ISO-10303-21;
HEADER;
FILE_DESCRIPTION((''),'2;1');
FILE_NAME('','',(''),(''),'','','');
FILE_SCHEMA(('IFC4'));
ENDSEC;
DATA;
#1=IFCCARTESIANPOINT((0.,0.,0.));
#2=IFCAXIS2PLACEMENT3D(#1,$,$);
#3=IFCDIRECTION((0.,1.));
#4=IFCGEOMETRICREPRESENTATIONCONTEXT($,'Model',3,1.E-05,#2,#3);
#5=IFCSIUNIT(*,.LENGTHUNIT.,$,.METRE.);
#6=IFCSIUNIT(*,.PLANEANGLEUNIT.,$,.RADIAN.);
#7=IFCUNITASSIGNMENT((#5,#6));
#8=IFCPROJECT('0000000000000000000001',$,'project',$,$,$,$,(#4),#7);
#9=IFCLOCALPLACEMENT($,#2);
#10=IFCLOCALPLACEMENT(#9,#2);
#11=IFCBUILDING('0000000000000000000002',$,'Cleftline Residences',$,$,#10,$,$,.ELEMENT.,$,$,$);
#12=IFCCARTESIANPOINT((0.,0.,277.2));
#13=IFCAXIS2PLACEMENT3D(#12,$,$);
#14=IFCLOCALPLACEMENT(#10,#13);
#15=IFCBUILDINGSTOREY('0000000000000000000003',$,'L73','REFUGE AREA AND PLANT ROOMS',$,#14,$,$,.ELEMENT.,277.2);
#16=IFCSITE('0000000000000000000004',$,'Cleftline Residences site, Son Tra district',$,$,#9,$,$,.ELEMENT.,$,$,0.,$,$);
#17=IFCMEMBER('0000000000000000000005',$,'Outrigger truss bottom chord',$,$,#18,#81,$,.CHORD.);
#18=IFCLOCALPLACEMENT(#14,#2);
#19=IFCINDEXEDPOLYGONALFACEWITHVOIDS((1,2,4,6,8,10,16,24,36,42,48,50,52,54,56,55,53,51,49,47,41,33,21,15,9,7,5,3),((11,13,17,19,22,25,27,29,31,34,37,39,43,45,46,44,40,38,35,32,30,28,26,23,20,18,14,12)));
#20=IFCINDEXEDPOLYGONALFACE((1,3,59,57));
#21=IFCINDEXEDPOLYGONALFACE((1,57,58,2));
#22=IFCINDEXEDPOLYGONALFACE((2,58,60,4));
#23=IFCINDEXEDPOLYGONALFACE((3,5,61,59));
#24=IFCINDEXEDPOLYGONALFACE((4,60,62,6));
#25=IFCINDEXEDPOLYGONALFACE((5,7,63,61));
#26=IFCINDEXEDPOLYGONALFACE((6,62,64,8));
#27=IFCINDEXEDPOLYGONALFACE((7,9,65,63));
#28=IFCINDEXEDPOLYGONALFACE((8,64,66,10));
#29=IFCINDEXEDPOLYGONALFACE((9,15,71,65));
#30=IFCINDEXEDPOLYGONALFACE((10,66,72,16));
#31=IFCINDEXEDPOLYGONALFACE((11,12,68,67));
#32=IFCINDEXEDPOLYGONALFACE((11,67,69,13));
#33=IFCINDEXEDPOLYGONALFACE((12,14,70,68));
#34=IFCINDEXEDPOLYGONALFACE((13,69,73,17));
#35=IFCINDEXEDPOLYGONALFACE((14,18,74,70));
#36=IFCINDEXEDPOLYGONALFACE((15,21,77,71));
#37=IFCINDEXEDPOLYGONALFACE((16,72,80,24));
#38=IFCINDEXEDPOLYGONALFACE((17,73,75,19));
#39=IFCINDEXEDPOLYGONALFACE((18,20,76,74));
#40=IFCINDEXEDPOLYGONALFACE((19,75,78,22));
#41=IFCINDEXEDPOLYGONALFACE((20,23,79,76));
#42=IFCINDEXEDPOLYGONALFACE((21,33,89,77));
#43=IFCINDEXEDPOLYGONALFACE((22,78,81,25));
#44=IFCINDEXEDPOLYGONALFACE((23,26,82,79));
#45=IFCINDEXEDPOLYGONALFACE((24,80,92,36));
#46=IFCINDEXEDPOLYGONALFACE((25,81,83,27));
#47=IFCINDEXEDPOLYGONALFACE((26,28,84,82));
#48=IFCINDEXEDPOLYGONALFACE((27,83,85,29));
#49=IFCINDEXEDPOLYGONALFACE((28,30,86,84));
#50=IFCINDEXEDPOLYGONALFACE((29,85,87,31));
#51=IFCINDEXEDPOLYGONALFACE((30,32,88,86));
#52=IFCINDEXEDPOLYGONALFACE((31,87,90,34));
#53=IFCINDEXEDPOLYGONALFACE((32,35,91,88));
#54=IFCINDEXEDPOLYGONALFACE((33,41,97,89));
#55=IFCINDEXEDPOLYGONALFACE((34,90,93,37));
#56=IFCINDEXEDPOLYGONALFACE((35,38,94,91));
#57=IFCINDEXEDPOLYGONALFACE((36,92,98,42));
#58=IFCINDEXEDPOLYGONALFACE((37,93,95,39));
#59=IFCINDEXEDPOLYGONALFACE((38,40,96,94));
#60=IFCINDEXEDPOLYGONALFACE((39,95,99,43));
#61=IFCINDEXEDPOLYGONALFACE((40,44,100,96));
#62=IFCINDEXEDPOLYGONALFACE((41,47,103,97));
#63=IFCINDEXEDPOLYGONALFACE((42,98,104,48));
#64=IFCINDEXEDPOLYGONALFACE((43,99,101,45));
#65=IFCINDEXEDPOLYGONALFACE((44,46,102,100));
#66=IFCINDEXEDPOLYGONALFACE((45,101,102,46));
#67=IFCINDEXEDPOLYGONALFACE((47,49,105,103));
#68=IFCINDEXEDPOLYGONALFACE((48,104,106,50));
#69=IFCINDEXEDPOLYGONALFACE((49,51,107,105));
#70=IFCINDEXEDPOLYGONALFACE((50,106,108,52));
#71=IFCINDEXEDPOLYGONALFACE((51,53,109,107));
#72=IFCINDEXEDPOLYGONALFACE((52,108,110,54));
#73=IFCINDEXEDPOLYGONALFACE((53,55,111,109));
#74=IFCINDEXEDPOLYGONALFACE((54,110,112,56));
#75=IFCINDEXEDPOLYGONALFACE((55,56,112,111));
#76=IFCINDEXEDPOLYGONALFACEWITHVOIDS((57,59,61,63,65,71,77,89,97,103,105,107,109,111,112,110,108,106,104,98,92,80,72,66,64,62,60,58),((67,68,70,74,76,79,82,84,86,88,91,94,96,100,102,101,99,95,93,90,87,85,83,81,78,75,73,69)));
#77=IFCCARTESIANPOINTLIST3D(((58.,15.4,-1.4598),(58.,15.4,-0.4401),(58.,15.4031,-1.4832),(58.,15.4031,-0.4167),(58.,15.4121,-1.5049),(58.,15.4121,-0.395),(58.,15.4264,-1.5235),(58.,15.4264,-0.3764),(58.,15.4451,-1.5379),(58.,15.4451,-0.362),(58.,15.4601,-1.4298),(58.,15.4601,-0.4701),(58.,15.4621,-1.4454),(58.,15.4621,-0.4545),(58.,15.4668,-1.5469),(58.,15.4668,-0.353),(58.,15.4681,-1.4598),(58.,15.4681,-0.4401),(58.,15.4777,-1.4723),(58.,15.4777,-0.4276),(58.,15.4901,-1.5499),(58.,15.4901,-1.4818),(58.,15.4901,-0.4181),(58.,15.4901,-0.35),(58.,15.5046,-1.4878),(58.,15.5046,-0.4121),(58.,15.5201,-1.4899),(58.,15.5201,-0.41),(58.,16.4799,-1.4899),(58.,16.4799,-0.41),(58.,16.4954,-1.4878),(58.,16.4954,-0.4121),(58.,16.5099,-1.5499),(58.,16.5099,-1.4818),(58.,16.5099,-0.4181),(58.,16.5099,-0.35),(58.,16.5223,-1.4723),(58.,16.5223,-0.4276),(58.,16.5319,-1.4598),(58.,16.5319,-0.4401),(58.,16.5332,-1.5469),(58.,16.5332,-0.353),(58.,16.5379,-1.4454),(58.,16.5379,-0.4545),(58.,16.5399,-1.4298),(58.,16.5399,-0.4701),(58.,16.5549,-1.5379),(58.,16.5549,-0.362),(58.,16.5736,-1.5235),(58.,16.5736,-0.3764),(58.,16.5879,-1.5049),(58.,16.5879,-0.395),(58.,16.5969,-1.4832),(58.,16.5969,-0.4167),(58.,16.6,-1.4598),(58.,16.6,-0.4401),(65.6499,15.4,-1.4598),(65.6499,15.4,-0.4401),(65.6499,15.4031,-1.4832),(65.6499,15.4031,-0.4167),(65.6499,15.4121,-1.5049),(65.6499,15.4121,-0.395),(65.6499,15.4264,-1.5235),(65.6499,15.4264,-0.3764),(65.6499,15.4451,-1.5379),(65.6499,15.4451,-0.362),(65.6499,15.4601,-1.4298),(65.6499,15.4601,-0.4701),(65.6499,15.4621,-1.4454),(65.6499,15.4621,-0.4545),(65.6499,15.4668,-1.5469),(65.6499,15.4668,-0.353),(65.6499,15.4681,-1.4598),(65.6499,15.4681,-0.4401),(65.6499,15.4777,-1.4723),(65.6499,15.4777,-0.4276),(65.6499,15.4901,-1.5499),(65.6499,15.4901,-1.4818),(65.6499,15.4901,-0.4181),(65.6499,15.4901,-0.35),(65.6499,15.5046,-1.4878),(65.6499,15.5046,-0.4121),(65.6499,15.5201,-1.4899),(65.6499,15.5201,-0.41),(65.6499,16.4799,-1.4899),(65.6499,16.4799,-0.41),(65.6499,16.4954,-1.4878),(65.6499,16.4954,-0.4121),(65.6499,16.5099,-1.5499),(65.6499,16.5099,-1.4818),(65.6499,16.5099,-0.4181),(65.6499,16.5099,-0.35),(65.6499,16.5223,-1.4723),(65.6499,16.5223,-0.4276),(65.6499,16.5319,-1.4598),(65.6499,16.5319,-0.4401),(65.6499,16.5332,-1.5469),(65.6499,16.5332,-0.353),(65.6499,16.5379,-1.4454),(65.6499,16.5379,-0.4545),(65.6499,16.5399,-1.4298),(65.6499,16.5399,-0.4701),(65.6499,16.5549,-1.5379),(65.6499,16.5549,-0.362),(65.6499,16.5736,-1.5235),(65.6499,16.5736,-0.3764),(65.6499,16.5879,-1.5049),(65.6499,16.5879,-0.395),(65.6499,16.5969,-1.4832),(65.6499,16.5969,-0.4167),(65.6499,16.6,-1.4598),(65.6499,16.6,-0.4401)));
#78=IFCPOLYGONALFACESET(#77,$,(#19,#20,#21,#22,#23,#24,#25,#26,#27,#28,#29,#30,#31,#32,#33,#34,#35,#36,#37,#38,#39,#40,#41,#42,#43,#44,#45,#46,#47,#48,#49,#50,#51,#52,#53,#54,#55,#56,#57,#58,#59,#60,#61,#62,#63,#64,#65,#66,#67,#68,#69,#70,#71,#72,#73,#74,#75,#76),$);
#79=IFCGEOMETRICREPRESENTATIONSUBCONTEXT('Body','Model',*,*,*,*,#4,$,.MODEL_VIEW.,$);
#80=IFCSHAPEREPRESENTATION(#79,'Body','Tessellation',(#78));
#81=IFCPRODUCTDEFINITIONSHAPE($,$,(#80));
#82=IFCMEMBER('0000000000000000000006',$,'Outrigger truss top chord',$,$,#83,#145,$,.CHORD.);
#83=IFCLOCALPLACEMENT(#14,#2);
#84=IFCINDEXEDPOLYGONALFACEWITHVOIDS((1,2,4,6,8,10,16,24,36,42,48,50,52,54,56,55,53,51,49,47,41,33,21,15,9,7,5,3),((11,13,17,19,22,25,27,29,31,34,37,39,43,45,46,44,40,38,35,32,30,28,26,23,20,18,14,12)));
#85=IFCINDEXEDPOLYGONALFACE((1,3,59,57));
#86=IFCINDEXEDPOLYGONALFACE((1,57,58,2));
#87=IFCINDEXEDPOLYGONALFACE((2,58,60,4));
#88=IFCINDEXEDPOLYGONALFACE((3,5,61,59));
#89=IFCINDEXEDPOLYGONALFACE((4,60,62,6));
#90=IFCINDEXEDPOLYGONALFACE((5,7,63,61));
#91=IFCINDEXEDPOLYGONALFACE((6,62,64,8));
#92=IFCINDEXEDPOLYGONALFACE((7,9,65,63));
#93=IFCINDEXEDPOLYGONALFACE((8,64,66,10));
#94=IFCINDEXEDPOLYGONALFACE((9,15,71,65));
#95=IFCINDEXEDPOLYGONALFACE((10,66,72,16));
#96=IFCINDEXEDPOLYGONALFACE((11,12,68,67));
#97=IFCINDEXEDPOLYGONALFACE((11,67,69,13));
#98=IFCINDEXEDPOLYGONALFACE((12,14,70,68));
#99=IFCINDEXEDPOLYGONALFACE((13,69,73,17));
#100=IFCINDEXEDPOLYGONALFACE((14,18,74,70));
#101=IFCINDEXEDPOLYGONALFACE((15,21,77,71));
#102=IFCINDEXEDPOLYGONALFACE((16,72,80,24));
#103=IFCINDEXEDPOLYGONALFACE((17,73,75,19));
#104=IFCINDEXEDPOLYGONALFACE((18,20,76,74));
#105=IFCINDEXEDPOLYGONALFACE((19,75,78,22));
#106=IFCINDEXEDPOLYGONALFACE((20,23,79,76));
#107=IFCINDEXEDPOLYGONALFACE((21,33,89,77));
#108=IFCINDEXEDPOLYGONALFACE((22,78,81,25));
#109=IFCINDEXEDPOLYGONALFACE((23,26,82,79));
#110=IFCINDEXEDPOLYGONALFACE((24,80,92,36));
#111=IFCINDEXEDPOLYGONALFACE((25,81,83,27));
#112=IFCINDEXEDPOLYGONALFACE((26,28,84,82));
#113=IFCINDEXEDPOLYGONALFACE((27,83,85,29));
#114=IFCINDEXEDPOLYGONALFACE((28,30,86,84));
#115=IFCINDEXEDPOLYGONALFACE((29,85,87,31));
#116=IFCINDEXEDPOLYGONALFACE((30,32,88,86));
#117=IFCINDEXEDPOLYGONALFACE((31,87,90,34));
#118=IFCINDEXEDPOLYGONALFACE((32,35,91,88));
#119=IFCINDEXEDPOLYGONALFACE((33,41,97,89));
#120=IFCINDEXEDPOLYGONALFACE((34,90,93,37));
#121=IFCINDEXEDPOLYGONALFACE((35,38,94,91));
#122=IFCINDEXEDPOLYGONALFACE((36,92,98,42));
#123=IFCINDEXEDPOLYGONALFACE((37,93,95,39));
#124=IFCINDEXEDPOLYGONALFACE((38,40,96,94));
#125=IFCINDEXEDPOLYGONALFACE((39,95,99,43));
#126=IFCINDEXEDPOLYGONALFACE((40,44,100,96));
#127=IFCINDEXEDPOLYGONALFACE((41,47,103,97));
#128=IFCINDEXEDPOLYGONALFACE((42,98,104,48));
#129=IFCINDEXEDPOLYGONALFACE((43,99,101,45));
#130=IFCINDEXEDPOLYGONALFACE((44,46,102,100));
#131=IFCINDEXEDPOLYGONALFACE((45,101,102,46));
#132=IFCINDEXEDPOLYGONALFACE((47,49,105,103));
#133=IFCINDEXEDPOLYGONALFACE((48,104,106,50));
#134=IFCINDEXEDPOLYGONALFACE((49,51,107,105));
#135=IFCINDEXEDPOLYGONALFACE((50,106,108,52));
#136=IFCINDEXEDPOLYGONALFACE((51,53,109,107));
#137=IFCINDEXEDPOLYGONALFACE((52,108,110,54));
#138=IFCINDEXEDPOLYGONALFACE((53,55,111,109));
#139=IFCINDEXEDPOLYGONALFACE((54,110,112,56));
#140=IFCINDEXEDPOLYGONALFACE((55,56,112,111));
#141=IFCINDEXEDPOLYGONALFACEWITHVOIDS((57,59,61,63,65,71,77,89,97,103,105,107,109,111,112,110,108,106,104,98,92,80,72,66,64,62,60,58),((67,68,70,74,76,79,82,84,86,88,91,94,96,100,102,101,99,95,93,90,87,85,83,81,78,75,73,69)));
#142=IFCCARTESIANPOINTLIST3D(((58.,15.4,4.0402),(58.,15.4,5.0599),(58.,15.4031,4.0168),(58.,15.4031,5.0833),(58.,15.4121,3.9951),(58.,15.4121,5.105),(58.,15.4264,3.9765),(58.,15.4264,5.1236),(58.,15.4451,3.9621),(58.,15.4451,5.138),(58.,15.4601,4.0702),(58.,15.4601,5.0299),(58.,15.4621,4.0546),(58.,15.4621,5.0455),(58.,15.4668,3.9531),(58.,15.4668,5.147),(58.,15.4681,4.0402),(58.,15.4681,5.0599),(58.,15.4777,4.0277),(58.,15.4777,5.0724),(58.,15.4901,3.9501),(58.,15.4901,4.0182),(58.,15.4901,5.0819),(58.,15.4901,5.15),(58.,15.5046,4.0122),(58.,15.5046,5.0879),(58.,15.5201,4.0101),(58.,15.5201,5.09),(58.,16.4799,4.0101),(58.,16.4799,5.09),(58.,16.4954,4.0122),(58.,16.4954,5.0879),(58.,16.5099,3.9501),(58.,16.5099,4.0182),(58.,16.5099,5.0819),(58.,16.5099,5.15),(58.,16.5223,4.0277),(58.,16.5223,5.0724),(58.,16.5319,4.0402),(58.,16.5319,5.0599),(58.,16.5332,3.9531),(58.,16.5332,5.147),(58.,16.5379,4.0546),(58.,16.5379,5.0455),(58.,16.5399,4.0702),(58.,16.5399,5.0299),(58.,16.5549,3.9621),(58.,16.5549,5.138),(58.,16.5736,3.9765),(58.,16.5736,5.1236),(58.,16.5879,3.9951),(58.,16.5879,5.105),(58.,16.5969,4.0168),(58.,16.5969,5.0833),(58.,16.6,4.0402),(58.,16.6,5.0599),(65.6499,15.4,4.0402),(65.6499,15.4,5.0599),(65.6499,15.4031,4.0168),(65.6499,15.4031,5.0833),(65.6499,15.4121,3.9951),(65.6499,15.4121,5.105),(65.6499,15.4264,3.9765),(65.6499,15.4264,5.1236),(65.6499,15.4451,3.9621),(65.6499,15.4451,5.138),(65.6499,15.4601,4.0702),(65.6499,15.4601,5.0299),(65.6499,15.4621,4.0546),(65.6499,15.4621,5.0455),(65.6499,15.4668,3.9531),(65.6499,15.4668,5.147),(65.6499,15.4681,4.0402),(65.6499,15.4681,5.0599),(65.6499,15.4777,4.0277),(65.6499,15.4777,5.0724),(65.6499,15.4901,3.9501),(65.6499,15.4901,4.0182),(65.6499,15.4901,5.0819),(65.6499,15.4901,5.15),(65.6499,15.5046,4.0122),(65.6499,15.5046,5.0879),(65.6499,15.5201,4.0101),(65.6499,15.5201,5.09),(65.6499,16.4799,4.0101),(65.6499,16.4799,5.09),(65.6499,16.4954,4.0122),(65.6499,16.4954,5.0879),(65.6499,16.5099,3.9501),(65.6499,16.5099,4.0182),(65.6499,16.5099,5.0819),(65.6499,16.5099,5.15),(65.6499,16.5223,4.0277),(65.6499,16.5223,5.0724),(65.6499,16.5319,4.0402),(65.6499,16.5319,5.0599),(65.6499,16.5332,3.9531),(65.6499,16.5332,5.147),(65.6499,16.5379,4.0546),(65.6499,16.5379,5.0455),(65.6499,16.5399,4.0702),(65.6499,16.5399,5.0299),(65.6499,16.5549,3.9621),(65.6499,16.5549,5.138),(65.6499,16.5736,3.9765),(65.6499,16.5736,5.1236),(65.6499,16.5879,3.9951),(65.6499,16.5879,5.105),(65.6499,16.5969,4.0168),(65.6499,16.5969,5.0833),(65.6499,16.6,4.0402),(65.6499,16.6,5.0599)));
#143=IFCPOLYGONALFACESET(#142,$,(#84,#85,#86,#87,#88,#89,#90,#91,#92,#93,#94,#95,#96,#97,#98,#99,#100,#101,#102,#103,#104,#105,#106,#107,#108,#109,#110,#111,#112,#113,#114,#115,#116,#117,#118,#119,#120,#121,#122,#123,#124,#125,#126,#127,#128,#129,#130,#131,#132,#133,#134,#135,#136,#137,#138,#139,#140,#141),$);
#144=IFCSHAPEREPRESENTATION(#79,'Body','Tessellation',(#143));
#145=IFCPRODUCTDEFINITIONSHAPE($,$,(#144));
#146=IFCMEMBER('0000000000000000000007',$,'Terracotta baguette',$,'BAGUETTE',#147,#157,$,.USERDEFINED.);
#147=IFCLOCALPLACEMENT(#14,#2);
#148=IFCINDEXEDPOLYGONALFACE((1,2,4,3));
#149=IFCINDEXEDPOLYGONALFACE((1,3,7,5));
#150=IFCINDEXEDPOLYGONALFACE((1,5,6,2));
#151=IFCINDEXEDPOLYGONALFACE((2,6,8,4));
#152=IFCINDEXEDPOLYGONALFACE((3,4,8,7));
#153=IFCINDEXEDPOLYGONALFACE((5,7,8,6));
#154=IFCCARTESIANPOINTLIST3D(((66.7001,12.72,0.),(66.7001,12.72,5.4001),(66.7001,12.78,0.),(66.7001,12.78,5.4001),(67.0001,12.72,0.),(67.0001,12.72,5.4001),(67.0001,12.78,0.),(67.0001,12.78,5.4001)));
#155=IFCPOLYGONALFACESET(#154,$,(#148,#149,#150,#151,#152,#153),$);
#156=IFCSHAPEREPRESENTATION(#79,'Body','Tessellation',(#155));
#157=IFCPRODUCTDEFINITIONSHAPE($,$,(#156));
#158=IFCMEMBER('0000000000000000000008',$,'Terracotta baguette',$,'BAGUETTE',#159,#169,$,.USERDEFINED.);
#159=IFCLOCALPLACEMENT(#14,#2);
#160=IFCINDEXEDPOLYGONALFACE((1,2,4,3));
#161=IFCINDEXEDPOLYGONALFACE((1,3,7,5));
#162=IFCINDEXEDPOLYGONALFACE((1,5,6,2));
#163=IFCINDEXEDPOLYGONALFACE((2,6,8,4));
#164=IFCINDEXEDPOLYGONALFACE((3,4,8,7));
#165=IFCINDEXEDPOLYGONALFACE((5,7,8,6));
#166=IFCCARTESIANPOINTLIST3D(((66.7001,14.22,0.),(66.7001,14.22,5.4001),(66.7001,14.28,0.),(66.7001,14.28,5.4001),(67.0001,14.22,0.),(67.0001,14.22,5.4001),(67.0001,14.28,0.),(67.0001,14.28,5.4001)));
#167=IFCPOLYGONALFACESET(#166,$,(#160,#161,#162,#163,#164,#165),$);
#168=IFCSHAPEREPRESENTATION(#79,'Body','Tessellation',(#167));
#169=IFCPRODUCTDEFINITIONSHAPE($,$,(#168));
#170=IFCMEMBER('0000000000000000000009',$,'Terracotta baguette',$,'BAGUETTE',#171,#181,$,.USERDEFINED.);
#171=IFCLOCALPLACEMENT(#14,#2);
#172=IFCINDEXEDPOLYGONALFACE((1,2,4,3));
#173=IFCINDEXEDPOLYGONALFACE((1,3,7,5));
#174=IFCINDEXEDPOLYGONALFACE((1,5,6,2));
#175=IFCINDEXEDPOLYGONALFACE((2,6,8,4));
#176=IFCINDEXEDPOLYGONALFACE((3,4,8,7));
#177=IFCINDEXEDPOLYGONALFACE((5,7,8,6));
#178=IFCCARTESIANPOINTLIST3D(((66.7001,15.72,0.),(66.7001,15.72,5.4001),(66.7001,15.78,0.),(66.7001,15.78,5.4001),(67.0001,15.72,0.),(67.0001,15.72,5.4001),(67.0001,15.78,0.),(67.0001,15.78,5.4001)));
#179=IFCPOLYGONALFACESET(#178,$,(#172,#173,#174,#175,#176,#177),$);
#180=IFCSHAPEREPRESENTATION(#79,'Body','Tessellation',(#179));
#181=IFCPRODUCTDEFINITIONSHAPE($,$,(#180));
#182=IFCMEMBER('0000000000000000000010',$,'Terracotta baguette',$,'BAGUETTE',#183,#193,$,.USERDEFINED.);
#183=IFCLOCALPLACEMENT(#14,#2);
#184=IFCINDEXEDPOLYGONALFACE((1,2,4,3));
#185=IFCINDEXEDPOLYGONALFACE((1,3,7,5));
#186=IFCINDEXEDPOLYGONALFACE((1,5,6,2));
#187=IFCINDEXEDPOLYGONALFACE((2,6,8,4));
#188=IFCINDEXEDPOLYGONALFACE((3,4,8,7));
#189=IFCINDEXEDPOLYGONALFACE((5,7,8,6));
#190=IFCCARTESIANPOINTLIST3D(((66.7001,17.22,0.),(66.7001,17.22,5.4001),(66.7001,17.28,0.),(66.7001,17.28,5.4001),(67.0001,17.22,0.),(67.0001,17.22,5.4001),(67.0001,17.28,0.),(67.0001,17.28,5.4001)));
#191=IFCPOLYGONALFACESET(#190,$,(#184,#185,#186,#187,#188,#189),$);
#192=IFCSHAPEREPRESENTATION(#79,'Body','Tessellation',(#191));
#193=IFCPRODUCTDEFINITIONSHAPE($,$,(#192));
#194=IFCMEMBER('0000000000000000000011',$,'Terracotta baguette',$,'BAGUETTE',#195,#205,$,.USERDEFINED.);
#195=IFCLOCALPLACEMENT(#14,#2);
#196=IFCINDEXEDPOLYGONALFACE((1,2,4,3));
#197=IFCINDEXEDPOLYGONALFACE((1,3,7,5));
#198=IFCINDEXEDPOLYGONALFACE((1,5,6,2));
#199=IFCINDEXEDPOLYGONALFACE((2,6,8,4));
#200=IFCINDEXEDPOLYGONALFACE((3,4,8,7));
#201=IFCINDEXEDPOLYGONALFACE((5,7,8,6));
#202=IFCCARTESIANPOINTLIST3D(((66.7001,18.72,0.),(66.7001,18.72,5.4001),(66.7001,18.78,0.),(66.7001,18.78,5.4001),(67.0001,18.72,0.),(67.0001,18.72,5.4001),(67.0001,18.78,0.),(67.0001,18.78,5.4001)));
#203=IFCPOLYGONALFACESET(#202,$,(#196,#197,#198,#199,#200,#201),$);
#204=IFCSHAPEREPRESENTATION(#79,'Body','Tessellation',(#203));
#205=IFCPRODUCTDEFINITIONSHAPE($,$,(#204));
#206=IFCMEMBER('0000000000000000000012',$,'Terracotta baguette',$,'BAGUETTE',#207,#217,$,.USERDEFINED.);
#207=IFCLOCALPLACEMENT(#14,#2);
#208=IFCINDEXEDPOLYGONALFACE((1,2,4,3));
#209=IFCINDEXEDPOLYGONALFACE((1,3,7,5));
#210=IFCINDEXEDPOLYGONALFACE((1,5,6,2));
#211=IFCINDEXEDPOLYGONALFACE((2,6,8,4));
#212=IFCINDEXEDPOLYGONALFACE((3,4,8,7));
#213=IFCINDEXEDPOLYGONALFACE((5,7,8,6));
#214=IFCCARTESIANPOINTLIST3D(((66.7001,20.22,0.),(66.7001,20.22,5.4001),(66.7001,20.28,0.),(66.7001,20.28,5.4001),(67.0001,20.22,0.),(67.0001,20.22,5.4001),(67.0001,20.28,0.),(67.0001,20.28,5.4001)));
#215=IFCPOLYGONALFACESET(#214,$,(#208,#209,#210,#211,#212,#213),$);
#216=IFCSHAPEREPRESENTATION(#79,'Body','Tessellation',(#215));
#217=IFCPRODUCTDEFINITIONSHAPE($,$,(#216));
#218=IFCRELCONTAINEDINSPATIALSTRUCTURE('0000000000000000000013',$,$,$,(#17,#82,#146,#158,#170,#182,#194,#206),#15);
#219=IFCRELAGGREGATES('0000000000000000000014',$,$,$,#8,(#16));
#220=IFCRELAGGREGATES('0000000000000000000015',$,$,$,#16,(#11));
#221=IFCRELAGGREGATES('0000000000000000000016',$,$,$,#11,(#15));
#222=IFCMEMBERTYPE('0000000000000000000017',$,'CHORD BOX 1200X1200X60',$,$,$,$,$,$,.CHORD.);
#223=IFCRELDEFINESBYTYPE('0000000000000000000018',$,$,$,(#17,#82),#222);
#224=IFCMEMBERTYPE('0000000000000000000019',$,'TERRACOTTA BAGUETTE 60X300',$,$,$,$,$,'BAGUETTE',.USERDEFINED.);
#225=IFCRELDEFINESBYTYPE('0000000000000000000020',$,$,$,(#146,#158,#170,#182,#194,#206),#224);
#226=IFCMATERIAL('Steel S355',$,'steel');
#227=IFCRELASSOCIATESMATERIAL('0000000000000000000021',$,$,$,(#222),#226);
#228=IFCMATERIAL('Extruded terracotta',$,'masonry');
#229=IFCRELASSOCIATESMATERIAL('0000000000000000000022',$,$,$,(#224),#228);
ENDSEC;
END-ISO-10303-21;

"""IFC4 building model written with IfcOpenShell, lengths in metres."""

from ifc_helpers import new_model, si_unit, direction, frame, origin, origin_2d, place, context, subcontext, project, spatial, rectangle, hollow_rectangle, extrude, material, material_profile, profile_set, type_object, element, save


model = new_model("IFC4")

# Units and contexts
model_context = context("Model", 3, precision=1e-05, world=origin(), true_north=direction((0.0, 1.0)))
body_context = subcontext(model_context, "Body", "Model", "MODEL_VIEW")
ifc_project = project(units=[si_unit("LENGTHUNIT", "METRE"), si_unit("PLANEANGLEUNIT", "RADIAN")], contexts=[model_context])

# Site, building, storey
site_placement = place(None, origin())
site = spatial("IfcSite", under=ifc_project, at=site_placement, Name="Cleftline Residences site, Son Tra district", CompositionType="ELEMENT", RefElevation=0.0)
building_placement = place(site_placement, origin())
building = spatial("IfcBuilding", under=site, at=building_placement, Name="Cleftline Residences", CompositionType="ELEMENT")
storey_placement = place(building_placement, frame((0.0, 0.0, 277.2)))
storey = spatial("IfcBuildingStorey", under=building, at=storey_placement, Name="L73", Description="REFUGE AREA AND PLANT ROOMS", CompositionType="ELEMENT", Elevation=277.2)

# Members
ifc_material_1 = material(Name="Steel S355", Category="steel")
ifc_material_profile_1 = material_profile(ifc_material_1, hollow_rectangle(XDim=1.2, YDim=1.2, WallThickness=0.0601, InnerFilletRadius=0.0601, OuterFilletRadius=0.0901, at=origin_2d()))
ifc_profile_set_1 = profile_set([ifc_material_profile_1], Name="Steel S355")
member_type_1 = type_object("IfcMemberType", Name="CHORD BOX 1200X1200X60", PredefinedType="CHORD", material=ifc_profile_set_1)
for number, where, z_axis, x_axis, name in (
    (1, (58.0, 16.0, -0.95), (1.0, 0.0, 0.0), (0.0, 1.0, 0.0), "Outrigger truss bottom chord"),
    (2, (58.0, 16.0, 4.55), (1.0, 0.0, 0.0), (0.0, 1.0, 0.0), "Outrigger truss top chord"),
):
    element("IfcMember", number, at=place(storey_placement, frame(where, z_axis=z_axis, x_axis=x_axis)), inside=storey, type_object=member_type_1, Name=name, PredefinedType="CHORD", context=body_context, shape_type="SweptSolid", body=[
        extrude(hollow_rectangle(XDim=1.2, YDim=1.2, WallThickness=0.0601, InnerFilletRadius=0.0601, OuterFilletRadius=0.0901, at=origin_2d()), origin(), (0.0, 0.0, 1.0), 7.6499),
    ])
ifc_material_2 = material(Name="Extruded terracotta", Category="masonry")
ifc_material_profile_2 = material_profile(ifc_material_2, rectangle(XDim=0.0601, YDim=0.3, at=origin_2d()))
ifc_profile_set_2 = profile_set([ifc_material_profile_2], Name="Extruded terracotta")
member_type_2 = type_object("IfcMemberType", Name="TERRACOTTA BAGUETTE 60X300", ElementType="BAGUETTE", PredefinedType="USERDEFINED", material=ifc_profile_set_2)
for number, where, z_axis, x_axis, name in (
    (3, (66.8501, 12.75, 0.0), (0.0, 0.0, 1.0), (0.0, 1.0, 0.0), "Terracotta baguette"),
    (4, (66.8501, 14.25, 0.0), (0.0, 0.0, 1.0), (0.0, 1.0, 0.0), "Terracotta baguette"),
    (5, (66.8501, 15.75, 0.0), (0.0, 0.0, 1.0), (0.0, 1.0, 0.0), "Terracotta baguette"),
    (6, (66.8501, 17.25, 0.0), (0.0, 0.0, 1.0), (0.0, 1.0, 0.0), "Terracotta baguette"),
    (7, (66.8501, 18.75, 0.0), (0.0, 0.0, 1.0), (0.0, 1.0, 0.0), "Terracotta baguette"),
    (8, (66.8501, 20.25, 0.0), (0.0, 0.0, 1.0), (0.0, 1.0, 0.0), "Terracotta baguette"),
):
    element("IfcMember", number, at=place(storey_placement, frame(where, z_axis=z_axis, x_axis=x_axis)), inside=storey, type_object=member_type_2, Name=name, ObjectType="BAGUETTE", PredefinedType="USERDEFINED", context=body_context, shape_type="SweptSolid", body=[
        extrude(rectangle(XDim=0.0601, YDim=0.3, at=origin_2d()), origin(), (0.0, 0.0, 1.0), 5.4001),
    ])

save(model, "model.ifc")
